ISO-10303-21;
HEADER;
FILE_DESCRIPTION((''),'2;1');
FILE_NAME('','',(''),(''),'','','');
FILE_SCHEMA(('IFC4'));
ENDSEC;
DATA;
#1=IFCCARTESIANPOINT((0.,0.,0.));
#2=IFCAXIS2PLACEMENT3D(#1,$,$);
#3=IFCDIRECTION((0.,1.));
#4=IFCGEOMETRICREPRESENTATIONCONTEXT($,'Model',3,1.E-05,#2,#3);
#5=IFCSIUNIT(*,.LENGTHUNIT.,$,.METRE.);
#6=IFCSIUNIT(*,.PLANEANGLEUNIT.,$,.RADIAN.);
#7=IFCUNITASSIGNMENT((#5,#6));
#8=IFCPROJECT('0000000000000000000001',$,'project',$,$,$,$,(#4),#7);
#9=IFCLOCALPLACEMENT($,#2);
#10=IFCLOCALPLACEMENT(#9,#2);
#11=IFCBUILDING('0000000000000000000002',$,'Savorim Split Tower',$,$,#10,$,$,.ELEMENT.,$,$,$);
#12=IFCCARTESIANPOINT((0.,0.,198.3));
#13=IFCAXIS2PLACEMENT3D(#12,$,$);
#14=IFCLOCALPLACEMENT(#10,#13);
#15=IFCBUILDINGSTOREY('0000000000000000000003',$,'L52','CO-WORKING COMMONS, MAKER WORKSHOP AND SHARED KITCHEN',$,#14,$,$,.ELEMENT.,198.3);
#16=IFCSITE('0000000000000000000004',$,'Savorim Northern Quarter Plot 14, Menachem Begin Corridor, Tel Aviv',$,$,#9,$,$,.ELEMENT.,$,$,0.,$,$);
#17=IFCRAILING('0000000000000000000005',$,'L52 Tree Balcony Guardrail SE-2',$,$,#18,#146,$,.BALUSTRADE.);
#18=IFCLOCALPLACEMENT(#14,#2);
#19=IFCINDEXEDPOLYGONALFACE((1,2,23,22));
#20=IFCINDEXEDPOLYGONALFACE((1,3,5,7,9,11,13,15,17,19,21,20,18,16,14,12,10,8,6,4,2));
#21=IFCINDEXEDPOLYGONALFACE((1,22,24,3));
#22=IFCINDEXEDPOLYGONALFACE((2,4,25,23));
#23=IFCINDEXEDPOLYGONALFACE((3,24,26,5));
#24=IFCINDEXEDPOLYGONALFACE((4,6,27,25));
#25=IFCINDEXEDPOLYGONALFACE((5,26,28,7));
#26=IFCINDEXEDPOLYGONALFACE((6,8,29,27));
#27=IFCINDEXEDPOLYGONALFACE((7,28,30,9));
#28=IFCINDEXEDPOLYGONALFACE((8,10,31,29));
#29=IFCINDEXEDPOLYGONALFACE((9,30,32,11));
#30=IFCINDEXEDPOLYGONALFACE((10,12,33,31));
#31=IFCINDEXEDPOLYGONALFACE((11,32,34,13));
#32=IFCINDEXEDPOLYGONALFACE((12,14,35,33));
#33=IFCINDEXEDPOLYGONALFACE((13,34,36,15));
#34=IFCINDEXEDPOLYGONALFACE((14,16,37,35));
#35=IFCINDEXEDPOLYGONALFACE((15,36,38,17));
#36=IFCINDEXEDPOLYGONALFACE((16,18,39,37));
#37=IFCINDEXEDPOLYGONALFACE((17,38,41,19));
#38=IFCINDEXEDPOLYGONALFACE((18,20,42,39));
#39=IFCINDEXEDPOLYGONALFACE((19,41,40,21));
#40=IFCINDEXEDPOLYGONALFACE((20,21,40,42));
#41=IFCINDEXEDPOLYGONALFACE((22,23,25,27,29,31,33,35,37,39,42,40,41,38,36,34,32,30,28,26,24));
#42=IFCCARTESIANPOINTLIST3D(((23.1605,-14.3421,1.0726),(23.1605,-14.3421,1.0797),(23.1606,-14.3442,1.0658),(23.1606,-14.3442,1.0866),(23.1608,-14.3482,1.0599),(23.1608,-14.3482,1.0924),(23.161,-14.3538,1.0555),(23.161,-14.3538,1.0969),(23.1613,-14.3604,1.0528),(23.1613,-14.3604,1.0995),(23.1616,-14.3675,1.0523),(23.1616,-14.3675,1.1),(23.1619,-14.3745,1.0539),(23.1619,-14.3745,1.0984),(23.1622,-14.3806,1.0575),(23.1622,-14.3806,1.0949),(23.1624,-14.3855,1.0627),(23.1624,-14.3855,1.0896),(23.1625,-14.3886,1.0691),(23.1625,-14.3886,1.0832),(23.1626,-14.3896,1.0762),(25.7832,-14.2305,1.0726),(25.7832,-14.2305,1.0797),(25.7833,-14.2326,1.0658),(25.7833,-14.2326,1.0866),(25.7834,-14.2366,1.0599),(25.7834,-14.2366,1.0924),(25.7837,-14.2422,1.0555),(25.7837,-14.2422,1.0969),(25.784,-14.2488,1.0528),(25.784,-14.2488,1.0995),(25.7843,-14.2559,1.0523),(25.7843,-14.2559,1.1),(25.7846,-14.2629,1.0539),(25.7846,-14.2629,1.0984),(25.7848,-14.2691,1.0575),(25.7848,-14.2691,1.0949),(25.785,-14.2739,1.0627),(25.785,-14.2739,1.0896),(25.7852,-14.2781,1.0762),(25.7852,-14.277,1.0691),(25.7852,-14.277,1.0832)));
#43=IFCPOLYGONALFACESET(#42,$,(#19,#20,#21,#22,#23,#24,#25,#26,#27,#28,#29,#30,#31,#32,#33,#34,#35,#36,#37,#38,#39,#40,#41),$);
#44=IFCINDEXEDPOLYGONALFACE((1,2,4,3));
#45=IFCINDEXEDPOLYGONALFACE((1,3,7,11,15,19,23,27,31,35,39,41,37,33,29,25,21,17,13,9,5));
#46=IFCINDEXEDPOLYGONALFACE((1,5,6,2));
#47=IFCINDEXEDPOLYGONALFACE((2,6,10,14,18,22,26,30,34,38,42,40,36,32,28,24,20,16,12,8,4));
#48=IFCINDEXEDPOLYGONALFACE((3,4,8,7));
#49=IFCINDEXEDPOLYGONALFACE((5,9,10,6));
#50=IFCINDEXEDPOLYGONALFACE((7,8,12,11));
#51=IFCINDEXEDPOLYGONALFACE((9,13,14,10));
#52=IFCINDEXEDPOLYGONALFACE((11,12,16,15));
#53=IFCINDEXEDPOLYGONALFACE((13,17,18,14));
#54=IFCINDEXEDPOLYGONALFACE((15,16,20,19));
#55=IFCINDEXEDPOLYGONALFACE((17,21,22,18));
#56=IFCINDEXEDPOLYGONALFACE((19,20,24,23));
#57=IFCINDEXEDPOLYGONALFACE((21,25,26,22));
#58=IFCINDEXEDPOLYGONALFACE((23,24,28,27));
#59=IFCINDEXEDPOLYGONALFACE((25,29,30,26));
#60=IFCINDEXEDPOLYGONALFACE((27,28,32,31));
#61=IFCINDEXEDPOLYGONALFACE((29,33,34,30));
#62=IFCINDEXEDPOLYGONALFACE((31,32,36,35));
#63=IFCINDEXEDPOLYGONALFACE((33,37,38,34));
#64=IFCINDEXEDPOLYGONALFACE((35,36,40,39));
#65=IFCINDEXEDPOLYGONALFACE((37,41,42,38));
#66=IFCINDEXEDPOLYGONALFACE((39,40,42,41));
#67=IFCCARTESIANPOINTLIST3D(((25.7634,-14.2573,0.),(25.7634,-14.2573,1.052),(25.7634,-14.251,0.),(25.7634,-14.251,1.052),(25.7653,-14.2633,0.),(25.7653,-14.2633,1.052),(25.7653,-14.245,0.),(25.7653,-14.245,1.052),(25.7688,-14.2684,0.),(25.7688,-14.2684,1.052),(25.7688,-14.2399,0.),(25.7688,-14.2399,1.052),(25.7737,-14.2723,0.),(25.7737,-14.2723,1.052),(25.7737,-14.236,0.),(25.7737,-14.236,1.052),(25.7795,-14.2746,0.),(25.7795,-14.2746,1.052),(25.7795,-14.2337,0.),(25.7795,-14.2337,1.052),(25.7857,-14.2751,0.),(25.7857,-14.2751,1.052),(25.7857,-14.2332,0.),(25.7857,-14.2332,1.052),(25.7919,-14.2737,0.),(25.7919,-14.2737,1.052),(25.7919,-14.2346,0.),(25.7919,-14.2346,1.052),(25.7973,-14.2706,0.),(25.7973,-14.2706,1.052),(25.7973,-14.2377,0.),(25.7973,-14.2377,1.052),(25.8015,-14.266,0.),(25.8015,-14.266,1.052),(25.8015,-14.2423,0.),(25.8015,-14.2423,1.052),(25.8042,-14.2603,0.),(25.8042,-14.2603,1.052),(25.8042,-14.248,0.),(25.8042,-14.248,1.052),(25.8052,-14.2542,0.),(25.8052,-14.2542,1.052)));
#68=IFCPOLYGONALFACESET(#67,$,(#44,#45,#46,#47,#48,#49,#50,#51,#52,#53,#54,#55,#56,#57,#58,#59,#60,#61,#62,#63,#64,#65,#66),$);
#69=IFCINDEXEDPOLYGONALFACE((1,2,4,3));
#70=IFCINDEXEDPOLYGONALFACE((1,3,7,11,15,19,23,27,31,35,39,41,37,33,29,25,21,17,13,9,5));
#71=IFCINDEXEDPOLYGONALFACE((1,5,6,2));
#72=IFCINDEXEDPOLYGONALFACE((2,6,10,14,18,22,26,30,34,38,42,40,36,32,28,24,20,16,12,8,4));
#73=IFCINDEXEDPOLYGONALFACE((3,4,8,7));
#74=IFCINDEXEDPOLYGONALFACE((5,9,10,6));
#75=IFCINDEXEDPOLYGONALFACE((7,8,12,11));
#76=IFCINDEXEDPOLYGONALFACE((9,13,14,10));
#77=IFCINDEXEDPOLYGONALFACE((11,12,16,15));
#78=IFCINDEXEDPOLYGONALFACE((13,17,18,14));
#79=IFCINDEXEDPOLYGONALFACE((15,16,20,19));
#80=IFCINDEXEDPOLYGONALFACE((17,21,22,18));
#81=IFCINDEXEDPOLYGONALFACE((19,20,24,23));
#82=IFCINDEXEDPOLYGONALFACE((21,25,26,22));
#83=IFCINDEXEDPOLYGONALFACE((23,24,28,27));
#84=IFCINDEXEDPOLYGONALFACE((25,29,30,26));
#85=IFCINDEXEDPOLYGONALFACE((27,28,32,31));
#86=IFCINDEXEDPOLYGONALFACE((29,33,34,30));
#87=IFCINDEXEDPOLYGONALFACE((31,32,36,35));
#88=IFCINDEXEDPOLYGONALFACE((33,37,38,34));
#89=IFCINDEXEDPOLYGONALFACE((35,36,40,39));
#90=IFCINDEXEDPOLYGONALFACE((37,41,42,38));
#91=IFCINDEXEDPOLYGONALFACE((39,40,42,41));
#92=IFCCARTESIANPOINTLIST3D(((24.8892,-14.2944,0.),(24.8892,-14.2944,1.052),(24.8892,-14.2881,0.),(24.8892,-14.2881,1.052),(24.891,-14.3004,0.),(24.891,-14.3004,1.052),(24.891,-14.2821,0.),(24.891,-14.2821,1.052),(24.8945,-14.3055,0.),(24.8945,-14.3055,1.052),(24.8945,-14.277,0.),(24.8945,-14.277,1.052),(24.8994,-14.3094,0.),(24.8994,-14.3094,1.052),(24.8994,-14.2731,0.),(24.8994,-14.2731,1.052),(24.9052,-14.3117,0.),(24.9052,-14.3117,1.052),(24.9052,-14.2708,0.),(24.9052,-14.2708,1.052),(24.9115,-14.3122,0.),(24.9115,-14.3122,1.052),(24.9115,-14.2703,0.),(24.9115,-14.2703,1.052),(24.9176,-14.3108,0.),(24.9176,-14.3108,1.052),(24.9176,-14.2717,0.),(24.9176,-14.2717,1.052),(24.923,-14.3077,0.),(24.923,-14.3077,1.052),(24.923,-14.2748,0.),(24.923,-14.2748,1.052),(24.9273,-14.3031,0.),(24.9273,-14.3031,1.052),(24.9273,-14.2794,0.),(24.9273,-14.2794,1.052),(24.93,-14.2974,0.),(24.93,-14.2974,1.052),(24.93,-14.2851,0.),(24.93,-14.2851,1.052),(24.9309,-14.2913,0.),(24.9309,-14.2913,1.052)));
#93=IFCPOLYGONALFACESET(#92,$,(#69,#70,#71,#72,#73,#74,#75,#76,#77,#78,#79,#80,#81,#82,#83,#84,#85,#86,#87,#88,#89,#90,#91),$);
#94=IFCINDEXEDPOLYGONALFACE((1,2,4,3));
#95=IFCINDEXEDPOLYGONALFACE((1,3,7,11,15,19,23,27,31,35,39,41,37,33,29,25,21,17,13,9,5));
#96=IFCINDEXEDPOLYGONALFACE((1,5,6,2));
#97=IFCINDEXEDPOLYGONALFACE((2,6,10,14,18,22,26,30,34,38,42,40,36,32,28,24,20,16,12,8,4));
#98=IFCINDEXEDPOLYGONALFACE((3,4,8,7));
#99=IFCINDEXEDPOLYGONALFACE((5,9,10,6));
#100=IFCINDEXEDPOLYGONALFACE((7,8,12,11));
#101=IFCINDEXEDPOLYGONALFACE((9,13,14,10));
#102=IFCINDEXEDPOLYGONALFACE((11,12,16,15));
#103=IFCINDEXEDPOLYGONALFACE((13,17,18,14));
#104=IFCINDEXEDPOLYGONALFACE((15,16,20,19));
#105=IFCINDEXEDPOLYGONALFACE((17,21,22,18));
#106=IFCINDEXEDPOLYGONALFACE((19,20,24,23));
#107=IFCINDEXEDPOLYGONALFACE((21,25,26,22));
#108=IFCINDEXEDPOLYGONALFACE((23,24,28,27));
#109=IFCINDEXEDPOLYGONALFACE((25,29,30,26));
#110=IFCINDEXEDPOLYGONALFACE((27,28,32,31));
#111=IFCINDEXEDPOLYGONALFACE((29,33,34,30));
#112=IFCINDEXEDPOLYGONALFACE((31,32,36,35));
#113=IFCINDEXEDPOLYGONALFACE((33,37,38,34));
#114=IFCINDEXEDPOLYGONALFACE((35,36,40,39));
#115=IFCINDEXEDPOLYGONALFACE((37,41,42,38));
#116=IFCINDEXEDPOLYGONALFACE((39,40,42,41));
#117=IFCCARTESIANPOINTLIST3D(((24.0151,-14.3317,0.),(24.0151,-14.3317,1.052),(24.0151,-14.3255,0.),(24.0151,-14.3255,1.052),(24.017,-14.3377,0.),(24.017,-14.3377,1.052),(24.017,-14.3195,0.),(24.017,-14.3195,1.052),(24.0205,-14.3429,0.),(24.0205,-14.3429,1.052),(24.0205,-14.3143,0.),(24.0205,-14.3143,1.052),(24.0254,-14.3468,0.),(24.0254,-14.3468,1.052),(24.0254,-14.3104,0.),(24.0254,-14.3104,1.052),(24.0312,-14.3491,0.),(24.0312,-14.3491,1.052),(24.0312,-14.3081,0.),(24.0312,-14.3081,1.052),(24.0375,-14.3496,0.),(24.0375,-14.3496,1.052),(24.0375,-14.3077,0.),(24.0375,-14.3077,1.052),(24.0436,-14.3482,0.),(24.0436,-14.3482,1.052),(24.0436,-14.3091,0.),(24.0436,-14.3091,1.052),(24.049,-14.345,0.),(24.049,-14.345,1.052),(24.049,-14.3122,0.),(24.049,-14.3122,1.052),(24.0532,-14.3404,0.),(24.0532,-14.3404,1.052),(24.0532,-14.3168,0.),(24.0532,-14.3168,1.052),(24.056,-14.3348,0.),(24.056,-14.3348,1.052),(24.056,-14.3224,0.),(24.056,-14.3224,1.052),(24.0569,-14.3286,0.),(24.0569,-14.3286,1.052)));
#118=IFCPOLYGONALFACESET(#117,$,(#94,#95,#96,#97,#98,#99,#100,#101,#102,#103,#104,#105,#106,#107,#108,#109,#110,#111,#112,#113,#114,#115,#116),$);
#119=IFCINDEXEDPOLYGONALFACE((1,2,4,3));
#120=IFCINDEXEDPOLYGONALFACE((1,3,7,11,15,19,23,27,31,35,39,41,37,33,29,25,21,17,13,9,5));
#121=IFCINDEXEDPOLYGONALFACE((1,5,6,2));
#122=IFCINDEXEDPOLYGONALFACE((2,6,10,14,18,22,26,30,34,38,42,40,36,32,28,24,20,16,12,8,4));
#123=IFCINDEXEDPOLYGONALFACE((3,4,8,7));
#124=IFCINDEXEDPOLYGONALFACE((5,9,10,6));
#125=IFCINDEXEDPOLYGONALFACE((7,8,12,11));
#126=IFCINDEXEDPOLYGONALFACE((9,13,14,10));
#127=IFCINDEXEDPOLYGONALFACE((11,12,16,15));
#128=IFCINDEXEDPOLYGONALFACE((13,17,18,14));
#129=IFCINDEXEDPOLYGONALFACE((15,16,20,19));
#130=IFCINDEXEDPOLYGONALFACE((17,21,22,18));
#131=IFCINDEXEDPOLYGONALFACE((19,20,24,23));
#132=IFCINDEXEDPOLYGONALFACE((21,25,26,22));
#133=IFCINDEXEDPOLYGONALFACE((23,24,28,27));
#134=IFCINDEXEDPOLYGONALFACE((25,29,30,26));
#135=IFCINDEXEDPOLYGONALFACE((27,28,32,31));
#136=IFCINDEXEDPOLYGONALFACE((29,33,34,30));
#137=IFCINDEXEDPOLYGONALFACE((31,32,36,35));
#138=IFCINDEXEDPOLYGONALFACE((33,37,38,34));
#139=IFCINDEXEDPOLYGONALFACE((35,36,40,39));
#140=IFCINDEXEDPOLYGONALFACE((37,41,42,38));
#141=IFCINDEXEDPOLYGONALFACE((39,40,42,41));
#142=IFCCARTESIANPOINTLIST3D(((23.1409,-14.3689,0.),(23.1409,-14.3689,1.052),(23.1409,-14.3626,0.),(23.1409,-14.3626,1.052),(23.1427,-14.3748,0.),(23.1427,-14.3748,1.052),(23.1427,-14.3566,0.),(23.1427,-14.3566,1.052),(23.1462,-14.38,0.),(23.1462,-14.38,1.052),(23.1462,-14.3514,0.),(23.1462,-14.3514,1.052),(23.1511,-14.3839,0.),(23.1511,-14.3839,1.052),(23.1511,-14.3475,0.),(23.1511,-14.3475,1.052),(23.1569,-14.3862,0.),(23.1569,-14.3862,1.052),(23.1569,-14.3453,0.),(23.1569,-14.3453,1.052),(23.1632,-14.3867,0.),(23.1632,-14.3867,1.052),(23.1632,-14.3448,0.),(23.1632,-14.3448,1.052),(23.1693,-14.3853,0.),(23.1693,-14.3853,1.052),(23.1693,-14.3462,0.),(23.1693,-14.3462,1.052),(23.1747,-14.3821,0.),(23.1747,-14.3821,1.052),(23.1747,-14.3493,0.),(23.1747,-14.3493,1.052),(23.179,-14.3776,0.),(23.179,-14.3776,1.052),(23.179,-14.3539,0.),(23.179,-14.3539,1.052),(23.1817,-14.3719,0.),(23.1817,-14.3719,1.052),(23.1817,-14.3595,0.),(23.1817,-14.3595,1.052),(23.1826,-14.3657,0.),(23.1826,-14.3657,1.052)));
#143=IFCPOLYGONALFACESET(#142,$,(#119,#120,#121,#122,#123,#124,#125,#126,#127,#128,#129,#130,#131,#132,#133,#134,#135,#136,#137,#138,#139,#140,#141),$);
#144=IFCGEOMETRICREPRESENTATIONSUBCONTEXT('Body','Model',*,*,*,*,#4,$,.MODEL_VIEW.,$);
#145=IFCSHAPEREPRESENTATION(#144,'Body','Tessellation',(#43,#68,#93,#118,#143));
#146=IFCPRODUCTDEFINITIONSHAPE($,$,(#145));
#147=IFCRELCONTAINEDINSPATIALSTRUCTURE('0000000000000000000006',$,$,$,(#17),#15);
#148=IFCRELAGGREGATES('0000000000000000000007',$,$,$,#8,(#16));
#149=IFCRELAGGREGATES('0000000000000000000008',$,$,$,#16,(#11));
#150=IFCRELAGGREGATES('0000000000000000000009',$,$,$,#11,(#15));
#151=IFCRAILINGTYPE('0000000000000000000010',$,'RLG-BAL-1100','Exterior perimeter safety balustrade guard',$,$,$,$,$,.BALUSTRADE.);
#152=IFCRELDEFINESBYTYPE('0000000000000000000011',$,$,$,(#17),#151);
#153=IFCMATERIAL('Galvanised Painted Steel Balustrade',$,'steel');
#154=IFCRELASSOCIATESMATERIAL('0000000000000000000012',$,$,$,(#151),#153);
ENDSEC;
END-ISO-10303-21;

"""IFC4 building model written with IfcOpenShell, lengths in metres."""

from ifc_helpers import new_model, si_unit, direction, frame, origin, origin_2d, place, context, subcontext, project, spatial, circle, extrude, material, type_object, element, save


model = new_model("IFC4")

# Units and contexts
model_context = context("Model", 3, precision=1e-05, world=origin(), true_north=direction((0.0, 1.0)))
body_context = subcontext(model_context, "Body", "Model", "MODEL_VIEW")
ifc_project = project(units=[si_unit("LENGTHUNIT", "METRE"), si_unit("PLANEANGLEUNIT", "RADIAN")], contexts=[model_context])

# Site, building, storey
site_placement = place(None, origin())
site = spatial("IfcSite", under=ifc_project, at=site_placement, Name="Savorim Northern Quarter Plot 14, Menachem Begin Corridor, Tel Aviv", CompositionType="ELEMENT", RefElevation=0.0)
building_placement = place(site_placement, origin())
building = spatial("IfcBuilding", under=site, at=building_placement, Name="Savorim Split Tower", CompositionType="ELEMENT")
storey_placement = place(building_placement, frame((0.0, 0.0, 198.3)))
storey = spatial("IfcBuildingStorey", under=building, at=storey_placement, Name="L52", Description="CO-WORKING COMMONS, MAKER WORKSHOP AND SHARED KITCHEN", CompositionType="ELEMENT", Elevation=198.3)

# Railing
ifc_material_1 = material(Name="Galvanised Painted Steel Balustrade", Category="steel")
railing_type = type_object("IfcRailingType", Name="RLG-BAL-1100", Description="Exterior perimeter safety balustrade guard", PredefinedType="BALUSTRADE", material=ifc_material_1)
railing_1_placement = place(storey_placement, frame((25.7842, -14.2542, 0.0)))
element("IfcRailing", 1, at=railing_1_placement, inside=storey, type_object=railing_type, Name="L52 Tree Balcony Guardrail SE-2", PredefinedType="BALUSTRADE", context=body_context, shape_type="SweptSolid", body=[
    extrude(circle(Radius=0.0239, at=origin_2d()), frame((0.0, 0.0, 1.0762), z_axis=(-0.999096, -0.042505, 0.0), x_axis=(0.042505, -0.999096, 0.0)), (0.0, 0.0, 1.0), 2.625),
    extrude(circle(Radius=0.021, at=origin_2d()), origin(), (0.0, 0.0, 1.0), 1.052),
    extrude(circle(Radius=0.021, at=origin_2d()), frame((-0.8743, -0.0371, 0.0)), (0.0, 0.0, 1.0), 1.052),
    extrude(circle(Radius=0.021, at=origin_2d()), frame((-1.7483, -0.0745, 0.0)), (0.0, 0.0, 1.0), 1.052),
    extrude(circle(Radius=0.021, at=origin_2d()), frame((-2.6226, -0.1116, 0.0)), (0.0, 0.0, 1.0), 1.052),
])

save(model, "model.ifc")
